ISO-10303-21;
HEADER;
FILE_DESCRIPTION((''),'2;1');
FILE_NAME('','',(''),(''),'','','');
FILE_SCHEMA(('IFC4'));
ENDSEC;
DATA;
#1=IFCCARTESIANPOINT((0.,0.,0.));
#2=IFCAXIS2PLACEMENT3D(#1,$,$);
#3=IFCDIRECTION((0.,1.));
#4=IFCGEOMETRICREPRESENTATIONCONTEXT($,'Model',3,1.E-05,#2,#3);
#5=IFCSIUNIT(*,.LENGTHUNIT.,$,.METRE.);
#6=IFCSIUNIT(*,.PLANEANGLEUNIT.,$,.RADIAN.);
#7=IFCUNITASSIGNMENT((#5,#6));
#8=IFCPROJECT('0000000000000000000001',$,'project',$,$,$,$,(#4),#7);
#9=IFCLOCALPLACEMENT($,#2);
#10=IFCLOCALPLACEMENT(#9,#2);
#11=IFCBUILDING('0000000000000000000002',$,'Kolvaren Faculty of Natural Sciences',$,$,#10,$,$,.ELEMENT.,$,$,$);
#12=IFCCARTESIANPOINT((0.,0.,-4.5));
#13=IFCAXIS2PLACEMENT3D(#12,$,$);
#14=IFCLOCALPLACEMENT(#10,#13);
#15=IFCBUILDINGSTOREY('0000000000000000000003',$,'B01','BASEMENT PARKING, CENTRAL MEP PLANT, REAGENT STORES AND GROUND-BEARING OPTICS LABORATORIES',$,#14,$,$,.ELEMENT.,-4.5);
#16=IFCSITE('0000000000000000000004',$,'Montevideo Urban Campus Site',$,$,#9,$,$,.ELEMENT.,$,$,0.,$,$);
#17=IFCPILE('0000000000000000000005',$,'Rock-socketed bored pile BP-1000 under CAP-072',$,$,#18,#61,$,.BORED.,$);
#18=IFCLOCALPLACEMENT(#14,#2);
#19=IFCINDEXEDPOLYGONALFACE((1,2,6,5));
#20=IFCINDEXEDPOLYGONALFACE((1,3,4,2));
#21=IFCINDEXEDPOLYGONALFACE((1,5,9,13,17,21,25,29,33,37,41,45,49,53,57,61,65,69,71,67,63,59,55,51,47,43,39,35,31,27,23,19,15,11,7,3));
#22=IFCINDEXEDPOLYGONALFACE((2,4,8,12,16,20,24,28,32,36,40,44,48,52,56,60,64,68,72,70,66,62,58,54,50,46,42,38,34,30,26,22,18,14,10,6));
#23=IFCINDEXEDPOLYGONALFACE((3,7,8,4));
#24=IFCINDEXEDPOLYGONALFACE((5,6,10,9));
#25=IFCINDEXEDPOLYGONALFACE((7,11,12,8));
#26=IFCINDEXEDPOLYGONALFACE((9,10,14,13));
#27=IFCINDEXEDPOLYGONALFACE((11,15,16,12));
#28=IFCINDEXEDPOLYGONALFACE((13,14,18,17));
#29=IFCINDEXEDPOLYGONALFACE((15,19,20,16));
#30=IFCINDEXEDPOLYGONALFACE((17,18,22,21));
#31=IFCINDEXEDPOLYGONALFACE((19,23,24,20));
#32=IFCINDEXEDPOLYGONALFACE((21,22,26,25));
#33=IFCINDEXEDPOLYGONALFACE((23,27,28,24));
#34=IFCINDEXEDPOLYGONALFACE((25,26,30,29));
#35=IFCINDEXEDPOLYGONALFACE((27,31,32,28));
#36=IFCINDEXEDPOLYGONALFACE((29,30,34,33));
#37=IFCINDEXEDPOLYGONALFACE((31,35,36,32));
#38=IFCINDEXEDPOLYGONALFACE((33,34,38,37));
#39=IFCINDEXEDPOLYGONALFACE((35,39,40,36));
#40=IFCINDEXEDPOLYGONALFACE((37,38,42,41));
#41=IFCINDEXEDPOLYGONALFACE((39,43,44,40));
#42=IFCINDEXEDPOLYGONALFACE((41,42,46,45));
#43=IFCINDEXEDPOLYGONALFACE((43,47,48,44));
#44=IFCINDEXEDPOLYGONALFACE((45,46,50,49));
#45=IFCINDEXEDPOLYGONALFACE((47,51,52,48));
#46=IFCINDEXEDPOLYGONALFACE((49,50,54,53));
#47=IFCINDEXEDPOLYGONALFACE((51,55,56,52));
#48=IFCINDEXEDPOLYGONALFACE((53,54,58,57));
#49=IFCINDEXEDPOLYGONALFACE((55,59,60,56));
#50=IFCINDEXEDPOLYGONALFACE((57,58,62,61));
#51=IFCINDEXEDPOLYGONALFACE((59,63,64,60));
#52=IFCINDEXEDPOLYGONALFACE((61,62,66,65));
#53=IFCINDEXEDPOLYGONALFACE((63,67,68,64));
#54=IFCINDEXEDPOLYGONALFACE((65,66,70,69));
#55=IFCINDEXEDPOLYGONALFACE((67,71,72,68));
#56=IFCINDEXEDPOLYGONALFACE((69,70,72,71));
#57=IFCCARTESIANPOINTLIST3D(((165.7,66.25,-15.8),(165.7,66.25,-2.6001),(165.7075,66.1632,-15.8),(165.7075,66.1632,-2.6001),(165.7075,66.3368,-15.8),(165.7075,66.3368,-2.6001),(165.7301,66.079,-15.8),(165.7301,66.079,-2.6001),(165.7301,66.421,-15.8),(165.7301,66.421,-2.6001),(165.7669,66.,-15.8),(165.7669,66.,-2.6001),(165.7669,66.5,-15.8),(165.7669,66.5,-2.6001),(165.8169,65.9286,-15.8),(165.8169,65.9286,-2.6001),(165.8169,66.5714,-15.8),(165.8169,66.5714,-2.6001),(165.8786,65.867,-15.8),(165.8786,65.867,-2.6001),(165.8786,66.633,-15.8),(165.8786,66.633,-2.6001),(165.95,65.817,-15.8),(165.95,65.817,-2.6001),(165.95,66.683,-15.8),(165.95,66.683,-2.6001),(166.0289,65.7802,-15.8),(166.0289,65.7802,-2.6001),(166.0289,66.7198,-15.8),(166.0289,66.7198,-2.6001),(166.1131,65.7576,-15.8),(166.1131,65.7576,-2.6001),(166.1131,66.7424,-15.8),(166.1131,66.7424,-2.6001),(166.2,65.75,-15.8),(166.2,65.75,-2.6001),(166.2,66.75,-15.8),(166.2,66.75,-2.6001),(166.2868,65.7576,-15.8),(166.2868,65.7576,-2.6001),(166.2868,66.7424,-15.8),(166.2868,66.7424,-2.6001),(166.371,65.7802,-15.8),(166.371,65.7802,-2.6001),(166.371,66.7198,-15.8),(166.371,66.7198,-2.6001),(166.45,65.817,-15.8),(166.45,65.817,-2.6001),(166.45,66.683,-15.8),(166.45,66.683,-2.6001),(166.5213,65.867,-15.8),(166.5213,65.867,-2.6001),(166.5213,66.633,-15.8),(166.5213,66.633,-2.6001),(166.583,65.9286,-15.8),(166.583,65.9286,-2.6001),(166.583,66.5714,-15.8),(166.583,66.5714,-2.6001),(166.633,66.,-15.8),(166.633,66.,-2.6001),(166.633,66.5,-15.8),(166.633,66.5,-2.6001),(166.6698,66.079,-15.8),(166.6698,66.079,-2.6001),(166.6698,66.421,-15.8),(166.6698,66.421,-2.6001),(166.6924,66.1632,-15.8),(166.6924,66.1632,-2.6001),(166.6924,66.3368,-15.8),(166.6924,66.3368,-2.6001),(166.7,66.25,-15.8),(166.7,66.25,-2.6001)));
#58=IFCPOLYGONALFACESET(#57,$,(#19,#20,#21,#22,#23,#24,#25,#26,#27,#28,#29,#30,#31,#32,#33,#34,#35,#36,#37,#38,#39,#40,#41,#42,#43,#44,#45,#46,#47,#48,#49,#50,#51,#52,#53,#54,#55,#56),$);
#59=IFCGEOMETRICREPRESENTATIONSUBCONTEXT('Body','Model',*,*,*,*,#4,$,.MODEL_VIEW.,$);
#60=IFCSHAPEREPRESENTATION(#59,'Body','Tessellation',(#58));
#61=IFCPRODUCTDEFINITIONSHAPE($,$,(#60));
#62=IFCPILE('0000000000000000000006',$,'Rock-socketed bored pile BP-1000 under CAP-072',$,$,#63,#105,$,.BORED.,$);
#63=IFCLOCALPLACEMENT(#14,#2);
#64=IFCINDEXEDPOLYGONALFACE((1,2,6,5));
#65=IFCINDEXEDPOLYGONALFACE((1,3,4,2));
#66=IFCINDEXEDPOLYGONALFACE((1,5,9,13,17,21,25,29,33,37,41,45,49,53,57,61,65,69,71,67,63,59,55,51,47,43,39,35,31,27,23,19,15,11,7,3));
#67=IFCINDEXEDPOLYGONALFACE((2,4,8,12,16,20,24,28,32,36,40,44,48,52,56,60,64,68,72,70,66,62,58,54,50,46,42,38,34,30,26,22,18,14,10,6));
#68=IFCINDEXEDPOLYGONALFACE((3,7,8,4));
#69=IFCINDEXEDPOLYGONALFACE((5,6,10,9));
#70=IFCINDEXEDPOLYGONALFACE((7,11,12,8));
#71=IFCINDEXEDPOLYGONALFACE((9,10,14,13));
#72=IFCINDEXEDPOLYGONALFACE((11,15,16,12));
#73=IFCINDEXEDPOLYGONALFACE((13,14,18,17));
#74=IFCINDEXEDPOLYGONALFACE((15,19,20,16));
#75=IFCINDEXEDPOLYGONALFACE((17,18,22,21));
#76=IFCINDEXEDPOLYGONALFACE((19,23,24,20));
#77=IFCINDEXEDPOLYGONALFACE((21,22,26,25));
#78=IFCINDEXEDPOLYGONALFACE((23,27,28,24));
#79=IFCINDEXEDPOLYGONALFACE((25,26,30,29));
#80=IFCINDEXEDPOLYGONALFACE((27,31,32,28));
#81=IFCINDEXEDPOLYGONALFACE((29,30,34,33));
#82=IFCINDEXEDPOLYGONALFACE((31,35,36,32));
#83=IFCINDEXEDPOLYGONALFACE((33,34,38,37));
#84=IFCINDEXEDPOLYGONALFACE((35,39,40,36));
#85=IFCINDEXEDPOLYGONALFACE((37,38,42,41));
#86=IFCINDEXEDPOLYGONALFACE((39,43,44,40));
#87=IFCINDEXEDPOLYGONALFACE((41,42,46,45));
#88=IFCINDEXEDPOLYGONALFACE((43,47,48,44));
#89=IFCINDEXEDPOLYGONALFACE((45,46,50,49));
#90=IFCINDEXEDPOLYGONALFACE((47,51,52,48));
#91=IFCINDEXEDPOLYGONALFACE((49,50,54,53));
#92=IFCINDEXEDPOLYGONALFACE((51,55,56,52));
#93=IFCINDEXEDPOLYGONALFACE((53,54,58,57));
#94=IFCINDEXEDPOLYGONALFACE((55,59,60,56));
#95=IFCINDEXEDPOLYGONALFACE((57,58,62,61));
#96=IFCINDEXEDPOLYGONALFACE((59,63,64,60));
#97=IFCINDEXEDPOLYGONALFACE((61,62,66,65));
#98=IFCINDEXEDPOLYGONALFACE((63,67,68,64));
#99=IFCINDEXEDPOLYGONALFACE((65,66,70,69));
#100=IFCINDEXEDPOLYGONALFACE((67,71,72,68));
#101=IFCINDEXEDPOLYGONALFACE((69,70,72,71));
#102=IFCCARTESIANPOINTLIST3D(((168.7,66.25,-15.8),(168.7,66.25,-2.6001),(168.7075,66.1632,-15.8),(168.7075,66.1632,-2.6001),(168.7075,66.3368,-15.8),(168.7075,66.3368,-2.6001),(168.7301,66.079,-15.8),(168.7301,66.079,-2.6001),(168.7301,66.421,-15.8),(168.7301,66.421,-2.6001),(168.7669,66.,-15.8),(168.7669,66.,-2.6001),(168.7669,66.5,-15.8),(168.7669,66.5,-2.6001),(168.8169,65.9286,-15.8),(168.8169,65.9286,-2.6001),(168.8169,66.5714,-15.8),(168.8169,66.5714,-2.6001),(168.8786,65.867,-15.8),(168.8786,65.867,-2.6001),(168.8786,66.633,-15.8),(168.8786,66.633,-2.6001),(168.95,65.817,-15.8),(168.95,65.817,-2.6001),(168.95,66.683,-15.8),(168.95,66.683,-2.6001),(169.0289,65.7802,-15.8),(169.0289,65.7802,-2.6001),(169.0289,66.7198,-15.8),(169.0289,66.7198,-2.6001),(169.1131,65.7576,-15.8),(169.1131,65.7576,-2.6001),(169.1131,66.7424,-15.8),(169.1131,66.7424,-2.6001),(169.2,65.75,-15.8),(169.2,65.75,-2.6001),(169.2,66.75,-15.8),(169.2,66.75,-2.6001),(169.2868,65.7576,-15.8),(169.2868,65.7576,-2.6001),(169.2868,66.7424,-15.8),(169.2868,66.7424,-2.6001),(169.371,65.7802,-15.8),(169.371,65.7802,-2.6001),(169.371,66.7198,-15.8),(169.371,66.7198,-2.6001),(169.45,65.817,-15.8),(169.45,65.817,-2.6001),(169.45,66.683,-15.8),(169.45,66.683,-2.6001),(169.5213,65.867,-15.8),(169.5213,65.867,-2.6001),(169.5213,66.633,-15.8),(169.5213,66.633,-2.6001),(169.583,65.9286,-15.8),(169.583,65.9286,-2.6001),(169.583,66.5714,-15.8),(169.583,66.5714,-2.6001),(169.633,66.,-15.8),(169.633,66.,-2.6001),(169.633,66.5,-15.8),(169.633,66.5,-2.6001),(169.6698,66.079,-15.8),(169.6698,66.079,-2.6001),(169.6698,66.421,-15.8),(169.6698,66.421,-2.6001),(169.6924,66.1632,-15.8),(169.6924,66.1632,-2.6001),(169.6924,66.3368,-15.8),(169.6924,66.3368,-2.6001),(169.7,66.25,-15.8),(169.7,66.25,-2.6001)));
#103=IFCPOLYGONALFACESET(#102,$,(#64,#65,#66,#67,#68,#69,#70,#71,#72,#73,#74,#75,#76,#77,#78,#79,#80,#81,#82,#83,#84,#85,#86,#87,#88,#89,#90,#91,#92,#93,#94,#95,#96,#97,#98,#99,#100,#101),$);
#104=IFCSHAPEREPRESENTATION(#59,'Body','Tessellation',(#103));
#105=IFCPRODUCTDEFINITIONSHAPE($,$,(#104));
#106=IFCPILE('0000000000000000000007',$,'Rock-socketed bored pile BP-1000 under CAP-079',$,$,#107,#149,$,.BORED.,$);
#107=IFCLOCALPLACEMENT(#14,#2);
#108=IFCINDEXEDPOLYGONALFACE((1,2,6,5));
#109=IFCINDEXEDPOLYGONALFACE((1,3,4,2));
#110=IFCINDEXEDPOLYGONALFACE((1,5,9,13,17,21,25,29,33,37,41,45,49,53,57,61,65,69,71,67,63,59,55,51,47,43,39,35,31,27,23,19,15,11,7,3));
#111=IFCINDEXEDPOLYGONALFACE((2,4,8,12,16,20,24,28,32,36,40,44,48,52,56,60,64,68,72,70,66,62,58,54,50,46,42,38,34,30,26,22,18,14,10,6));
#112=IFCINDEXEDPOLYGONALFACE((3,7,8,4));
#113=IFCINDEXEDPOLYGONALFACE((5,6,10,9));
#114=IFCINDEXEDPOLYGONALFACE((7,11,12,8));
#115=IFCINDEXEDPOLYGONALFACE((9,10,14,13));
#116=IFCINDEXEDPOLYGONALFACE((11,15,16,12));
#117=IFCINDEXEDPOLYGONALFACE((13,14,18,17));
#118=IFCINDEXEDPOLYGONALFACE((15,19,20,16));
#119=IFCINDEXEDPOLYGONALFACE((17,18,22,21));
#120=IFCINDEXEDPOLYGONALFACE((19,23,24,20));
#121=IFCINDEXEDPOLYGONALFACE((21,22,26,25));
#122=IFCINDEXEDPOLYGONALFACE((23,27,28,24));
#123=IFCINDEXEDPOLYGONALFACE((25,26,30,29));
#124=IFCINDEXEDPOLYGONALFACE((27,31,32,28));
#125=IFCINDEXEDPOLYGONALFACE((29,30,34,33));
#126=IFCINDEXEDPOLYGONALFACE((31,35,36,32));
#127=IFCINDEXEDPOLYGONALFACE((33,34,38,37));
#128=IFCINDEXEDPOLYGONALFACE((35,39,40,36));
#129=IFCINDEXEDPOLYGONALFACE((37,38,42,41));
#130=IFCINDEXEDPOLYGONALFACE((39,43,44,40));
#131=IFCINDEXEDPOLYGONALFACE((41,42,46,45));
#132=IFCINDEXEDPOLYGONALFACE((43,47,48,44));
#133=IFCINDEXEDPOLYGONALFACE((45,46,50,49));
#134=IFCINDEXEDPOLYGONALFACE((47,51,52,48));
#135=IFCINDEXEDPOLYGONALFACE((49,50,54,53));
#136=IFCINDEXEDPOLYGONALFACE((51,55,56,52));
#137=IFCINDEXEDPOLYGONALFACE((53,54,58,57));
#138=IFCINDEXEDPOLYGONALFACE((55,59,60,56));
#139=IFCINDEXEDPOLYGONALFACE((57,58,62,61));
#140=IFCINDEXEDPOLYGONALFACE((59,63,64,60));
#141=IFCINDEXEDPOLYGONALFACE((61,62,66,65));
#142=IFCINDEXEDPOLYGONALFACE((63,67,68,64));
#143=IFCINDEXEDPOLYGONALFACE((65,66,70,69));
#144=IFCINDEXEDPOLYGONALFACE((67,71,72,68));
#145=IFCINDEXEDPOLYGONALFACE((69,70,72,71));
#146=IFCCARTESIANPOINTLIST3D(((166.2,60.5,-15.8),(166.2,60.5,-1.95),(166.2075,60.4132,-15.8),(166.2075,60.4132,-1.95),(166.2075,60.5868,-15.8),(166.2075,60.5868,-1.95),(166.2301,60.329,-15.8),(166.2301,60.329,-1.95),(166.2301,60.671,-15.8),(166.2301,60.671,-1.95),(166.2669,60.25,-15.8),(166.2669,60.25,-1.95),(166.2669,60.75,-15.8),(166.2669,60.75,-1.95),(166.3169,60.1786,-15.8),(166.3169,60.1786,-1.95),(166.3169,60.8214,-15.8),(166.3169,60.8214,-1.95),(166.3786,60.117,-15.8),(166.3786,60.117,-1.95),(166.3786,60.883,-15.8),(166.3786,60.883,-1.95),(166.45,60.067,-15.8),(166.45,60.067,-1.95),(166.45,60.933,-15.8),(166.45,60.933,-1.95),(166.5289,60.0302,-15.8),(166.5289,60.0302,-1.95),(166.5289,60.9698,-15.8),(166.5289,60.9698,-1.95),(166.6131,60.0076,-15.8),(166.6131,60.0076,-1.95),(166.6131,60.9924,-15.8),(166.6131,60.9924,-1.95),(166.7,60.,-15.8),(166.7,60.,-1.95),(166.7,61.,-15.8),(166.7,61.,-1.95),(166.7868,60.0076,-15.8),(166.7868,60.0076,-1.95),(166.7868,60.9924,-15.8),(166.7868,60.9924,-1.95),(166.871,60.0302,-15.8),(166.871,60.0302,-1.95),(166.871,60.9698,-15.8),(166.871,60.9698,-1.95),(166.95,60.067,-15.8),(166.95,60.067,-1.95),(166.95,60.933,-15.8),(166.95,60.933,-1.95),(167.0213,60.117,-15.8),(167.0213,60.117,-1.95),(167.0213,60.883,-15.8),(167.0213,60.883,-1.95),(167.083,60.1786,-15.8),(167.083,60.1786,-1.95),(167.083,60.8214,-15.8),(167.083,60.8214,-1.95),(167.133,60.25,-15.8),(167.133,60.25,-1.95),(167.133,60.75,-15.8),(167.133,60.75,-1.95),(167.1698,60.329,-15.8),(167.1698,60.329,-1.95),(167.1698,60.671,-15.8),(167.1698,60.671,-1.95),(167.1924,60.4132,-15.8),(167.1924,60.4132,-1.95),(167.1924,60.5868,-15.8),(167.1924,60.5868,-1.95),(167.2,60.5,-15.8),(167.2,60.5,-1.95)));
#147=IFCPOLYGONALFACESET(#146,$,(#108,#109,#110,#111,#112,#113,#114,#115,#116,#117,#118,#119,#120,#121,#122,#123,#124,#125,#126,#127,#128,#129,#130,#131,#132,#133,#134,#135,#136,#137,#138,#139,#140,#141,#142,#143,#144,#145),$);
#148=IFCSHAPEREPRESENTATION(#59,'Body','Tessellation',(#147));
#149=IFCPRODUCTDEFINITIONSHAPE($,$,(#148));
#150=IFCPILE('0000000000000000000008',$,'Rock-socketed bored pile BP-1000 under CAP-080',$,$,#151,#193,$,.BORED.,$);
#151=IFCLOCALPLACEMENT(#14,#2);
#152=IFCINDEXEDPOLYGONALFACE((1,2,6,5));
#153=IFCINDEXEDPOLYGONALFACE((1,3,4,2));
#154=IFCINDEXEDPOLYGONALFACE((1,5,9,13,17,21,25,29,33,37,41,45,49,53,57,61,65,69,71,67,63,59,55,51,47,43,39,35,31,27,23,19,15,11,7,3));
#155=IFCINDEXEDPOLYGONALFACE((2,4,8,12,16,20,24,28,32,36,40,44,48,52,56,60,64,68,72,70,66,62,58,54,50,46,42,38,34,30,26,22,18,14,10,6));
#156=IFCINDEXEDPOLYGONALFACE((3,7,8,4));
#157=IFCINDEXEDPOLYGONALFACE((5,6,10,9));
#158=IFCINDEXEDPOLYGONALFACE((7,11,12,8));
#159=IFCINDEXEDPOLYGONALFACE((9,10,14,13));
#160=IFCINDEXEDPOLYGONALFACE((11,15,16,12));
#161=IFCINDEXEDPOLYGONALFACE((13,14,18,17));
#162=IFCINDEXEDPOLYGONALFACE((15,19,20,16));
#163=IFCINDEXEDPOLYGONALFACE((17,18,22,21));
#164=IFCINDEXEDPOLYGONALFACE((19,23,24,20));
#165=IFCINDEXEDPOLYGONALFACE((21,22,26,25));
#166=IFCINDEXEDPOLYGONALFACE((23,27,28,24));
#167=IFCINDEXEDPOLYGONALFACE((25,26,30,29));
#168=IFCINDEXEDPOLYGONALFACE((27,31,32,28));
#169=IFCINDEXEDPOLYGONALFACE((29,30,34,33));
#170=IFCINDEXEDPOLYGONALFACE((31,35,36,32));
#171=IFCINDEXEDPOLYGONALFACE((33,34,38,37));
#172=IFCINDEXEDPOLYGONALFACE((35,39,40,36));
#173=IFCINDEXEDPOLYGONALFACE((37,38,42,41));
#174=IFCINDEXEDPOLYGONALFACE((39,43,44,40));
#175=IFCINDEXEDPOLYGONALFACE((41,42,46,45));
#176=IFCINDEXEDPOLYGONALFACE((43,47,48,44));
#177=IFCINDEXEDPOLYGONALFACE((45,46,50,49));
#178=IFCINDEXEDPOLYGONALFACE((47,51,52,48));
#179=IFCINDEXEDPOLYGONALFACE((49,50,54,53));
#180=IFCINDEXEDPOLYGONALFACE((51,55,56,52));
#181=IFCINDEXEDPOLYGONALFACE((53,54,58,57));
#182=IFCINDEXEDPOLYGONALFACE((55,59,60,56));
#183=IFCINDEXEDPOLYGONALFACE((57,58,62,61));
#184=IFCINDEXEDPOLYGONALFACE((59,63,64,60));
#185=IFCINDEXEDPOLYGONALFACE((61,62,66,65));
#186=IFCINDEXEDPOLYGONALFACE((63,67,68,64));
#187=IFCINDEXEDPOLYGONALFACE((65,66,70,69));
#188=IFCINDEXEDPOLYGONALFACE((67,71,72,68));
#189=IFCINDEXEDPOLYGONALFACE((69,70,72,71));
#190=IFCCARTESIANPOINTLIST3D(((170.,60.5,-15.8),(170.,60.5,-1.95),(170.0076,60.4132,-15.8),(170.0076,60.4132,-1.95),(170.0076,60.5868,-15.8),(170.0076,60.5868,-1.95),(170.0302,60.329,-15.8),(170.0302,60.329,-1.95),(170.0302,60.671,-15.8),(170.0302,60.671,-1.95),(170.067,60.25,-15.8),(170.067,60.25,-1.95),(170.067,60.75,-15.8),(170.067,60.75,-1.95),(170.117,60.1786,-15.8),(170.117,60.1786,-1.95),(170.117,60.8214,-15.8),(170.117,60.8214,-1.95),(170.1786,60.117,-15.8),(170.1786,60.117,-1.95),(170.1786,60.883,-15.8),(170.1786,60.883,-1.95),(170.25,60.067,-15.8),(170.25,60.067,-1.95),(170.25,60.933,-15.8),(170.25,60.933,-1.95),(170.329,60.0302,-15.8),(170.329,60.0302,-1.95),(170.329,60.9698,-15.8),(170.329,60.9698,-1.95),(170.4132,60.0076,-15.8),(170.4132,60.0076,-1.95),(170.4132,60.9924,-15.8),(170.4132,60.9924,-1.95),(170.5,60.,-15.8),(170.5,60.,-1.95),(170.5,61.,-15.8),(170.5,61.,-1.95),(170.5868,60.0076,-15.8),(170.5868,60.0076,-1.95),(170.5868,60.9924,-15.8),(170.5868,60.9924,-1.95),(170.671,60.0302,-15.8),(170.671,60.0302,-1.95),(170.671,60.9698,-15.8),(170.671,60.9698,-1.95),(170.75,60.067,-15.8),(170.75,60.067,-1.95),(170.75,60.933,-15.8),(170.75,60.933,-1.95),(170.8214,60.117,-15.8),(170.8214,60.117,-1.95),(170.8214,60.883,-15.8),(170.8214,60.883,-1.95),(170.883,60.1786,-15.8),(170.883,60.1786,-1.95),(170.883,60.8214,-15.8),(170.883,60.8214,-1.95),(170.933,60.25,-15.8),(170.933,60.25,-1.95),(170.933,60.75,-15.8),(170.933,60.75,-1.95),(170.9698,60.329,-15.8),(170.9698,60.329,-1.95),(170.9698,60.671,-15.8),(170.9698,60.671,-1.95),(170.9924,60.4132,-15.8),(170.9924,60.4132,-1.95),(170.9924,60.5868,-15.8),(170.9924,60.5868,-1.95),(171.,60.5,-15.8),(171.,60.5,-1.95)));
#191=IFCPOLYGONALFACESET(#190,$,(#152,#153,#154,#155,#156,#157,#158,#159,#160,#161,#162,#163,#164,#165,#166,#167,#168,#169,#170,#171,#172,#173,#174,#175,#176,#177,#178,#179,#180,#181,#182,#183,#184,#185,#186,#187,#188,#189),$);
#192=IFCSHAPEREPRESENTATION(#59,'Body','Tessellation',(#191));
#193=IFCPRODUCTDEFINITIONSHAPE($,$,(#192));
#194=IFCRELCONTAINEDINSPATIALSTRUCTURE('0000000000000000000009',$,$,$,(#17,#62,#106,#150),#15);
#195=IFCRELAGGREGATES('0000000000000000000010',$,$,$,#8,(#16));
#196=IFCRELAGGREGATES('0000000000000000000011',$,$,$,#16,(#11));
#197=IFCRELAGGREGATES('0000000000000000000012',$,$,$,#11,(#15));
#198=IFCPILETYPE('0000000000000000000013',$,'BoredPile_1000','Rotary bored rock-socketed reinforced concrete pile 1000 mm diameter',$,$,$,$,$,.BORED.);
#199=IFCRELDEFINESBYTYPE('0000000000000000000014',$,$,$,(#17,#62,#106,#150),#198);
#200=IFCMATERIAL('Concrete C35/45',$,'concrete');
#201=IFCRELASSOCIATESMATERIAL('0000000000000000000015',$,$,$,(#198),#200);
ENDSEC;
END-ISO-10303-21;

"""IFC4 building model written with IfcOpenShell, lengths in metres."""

from ifc_helpers import new_model, si_unit, direction, frame, origin, origin_2d, place, context, subcontext, project, spatial, circle, extrude, material, material_profile, profile_set, type_object, element, save


model = new_model("IFC4")

# Units and contexts
model_context = context("Model", 3, precision=1e-05, world=origin(), true_north=direction((0.0, 1.0)))
body_context = subcontext(model_context, "Body", "Model", "MODEL_VIEW")
ifc_project = project(units=[si_unit("LENGTHUNIT", "METRE"), si_unit("PLANEANGLEUNIT", "RADIAN")], contexts=[model_context])

# Site, building, storey
site_placement = place(None, origin())
site = spatial("IfcSite", under=ifc_project, at=site_placement, Name="Montevideo Urban Campus Site", CompositionType="ELEMENT", RefElevation=0.0)
building_placement = place(site_placement, origin())
building = spatial("IfcBuilding", under=site, at=building_placement, Name="Kolvaren Faculty of Natural Sciences", CompositionType="ELEMENT")
storey_placement = place(building_placement, frame((0.0, 0.0, -4.5)))
storey = spatial("IfcBuildingStorey", under=building, at=storey_placement, Name="B01", Description="BASEMENT PARKING, CENTRAL MEP PLANT, REAGENT STORES AND GROUND-BEARING OPTICS LABORATORIES", CompositionType="ELEMENT", Elevation=-4.5)

# Piles
ifc_material_1 = material(Name="Concrete C35/45", Category="concrete")
ifc_material_profile_1 = material_profile(ifc_material_1, circle(Radius=0.5, at=origin_2d()), Name="PILE D1000")
ifc_profile_set_1 = profile_set([ifc_material_profile_1], Name="Concrete C35/45")
pile_type = type_object("IfcPileType", Name="BoredPile_1000", Description="Rotary bored rock-socketed reinforced concrete pile 1000 mm diameter", PredefinedType="BORED", material=ifc_profile_set_1)
for number, where, z_axis, x_axis, name in (
    (1, (166.2, 66.25, -2.6001), (0.0, 0.0, -1.0), (1.0, 0.0, 0.0), "Rock-socketed bored pile BP-1000 under CAP-072"),
    (2, (169.2, 66.25, -2.6001), (0.0, 0.0, -1.0), (1.0, 0.0, 0.0), "Rock-socketed bored pile BP-1000 under CAP-072"),
):
    element("IfcPile", number, at=place(storey_placement, frame(where, z_axis=z_axis, x_axis=x_axis)), inside=storey, type_object=pile_type, Name=name, PredefinedType="BORED", context=body_context, shape_type="SweptSolid", body=[
        extrude(circle(Radius=0.5, at=origin_2d()), origin(), (0.0, 0.0, 1.0), 13.2),
    ])
for number, where, z_axis, x_axis, name in (
    (3, (166.7, 60.5, -1.95), (0.0, 0.0, -1.0), (1.0, 0.0, 0.0), "Rock-socketed bored pile BP-1000 under CAP-079"),
    (4, (170.5, 60.5, -1.95), (0.0, 0.0, -1.0), (1.0, 0.0, 0.0), "Rock-socketed bored pile BP-1000 under CAP-080"),
):
    element("IfcPile", number, at=place(storey_placement, frame(where, z_axis=z_axis, x_axis=x_axis)), inside=storey, type_object=pile_type, Name=name, PredefinedType="BORED", context=body_context, shape_type="SweptSolid", body=[
        extrude(circle(Radius=0.5, at=origin_2d()), origin(), (0.0, 0.0, 1.0), 13.8501),
    ])

save(model, "model.ifc")
